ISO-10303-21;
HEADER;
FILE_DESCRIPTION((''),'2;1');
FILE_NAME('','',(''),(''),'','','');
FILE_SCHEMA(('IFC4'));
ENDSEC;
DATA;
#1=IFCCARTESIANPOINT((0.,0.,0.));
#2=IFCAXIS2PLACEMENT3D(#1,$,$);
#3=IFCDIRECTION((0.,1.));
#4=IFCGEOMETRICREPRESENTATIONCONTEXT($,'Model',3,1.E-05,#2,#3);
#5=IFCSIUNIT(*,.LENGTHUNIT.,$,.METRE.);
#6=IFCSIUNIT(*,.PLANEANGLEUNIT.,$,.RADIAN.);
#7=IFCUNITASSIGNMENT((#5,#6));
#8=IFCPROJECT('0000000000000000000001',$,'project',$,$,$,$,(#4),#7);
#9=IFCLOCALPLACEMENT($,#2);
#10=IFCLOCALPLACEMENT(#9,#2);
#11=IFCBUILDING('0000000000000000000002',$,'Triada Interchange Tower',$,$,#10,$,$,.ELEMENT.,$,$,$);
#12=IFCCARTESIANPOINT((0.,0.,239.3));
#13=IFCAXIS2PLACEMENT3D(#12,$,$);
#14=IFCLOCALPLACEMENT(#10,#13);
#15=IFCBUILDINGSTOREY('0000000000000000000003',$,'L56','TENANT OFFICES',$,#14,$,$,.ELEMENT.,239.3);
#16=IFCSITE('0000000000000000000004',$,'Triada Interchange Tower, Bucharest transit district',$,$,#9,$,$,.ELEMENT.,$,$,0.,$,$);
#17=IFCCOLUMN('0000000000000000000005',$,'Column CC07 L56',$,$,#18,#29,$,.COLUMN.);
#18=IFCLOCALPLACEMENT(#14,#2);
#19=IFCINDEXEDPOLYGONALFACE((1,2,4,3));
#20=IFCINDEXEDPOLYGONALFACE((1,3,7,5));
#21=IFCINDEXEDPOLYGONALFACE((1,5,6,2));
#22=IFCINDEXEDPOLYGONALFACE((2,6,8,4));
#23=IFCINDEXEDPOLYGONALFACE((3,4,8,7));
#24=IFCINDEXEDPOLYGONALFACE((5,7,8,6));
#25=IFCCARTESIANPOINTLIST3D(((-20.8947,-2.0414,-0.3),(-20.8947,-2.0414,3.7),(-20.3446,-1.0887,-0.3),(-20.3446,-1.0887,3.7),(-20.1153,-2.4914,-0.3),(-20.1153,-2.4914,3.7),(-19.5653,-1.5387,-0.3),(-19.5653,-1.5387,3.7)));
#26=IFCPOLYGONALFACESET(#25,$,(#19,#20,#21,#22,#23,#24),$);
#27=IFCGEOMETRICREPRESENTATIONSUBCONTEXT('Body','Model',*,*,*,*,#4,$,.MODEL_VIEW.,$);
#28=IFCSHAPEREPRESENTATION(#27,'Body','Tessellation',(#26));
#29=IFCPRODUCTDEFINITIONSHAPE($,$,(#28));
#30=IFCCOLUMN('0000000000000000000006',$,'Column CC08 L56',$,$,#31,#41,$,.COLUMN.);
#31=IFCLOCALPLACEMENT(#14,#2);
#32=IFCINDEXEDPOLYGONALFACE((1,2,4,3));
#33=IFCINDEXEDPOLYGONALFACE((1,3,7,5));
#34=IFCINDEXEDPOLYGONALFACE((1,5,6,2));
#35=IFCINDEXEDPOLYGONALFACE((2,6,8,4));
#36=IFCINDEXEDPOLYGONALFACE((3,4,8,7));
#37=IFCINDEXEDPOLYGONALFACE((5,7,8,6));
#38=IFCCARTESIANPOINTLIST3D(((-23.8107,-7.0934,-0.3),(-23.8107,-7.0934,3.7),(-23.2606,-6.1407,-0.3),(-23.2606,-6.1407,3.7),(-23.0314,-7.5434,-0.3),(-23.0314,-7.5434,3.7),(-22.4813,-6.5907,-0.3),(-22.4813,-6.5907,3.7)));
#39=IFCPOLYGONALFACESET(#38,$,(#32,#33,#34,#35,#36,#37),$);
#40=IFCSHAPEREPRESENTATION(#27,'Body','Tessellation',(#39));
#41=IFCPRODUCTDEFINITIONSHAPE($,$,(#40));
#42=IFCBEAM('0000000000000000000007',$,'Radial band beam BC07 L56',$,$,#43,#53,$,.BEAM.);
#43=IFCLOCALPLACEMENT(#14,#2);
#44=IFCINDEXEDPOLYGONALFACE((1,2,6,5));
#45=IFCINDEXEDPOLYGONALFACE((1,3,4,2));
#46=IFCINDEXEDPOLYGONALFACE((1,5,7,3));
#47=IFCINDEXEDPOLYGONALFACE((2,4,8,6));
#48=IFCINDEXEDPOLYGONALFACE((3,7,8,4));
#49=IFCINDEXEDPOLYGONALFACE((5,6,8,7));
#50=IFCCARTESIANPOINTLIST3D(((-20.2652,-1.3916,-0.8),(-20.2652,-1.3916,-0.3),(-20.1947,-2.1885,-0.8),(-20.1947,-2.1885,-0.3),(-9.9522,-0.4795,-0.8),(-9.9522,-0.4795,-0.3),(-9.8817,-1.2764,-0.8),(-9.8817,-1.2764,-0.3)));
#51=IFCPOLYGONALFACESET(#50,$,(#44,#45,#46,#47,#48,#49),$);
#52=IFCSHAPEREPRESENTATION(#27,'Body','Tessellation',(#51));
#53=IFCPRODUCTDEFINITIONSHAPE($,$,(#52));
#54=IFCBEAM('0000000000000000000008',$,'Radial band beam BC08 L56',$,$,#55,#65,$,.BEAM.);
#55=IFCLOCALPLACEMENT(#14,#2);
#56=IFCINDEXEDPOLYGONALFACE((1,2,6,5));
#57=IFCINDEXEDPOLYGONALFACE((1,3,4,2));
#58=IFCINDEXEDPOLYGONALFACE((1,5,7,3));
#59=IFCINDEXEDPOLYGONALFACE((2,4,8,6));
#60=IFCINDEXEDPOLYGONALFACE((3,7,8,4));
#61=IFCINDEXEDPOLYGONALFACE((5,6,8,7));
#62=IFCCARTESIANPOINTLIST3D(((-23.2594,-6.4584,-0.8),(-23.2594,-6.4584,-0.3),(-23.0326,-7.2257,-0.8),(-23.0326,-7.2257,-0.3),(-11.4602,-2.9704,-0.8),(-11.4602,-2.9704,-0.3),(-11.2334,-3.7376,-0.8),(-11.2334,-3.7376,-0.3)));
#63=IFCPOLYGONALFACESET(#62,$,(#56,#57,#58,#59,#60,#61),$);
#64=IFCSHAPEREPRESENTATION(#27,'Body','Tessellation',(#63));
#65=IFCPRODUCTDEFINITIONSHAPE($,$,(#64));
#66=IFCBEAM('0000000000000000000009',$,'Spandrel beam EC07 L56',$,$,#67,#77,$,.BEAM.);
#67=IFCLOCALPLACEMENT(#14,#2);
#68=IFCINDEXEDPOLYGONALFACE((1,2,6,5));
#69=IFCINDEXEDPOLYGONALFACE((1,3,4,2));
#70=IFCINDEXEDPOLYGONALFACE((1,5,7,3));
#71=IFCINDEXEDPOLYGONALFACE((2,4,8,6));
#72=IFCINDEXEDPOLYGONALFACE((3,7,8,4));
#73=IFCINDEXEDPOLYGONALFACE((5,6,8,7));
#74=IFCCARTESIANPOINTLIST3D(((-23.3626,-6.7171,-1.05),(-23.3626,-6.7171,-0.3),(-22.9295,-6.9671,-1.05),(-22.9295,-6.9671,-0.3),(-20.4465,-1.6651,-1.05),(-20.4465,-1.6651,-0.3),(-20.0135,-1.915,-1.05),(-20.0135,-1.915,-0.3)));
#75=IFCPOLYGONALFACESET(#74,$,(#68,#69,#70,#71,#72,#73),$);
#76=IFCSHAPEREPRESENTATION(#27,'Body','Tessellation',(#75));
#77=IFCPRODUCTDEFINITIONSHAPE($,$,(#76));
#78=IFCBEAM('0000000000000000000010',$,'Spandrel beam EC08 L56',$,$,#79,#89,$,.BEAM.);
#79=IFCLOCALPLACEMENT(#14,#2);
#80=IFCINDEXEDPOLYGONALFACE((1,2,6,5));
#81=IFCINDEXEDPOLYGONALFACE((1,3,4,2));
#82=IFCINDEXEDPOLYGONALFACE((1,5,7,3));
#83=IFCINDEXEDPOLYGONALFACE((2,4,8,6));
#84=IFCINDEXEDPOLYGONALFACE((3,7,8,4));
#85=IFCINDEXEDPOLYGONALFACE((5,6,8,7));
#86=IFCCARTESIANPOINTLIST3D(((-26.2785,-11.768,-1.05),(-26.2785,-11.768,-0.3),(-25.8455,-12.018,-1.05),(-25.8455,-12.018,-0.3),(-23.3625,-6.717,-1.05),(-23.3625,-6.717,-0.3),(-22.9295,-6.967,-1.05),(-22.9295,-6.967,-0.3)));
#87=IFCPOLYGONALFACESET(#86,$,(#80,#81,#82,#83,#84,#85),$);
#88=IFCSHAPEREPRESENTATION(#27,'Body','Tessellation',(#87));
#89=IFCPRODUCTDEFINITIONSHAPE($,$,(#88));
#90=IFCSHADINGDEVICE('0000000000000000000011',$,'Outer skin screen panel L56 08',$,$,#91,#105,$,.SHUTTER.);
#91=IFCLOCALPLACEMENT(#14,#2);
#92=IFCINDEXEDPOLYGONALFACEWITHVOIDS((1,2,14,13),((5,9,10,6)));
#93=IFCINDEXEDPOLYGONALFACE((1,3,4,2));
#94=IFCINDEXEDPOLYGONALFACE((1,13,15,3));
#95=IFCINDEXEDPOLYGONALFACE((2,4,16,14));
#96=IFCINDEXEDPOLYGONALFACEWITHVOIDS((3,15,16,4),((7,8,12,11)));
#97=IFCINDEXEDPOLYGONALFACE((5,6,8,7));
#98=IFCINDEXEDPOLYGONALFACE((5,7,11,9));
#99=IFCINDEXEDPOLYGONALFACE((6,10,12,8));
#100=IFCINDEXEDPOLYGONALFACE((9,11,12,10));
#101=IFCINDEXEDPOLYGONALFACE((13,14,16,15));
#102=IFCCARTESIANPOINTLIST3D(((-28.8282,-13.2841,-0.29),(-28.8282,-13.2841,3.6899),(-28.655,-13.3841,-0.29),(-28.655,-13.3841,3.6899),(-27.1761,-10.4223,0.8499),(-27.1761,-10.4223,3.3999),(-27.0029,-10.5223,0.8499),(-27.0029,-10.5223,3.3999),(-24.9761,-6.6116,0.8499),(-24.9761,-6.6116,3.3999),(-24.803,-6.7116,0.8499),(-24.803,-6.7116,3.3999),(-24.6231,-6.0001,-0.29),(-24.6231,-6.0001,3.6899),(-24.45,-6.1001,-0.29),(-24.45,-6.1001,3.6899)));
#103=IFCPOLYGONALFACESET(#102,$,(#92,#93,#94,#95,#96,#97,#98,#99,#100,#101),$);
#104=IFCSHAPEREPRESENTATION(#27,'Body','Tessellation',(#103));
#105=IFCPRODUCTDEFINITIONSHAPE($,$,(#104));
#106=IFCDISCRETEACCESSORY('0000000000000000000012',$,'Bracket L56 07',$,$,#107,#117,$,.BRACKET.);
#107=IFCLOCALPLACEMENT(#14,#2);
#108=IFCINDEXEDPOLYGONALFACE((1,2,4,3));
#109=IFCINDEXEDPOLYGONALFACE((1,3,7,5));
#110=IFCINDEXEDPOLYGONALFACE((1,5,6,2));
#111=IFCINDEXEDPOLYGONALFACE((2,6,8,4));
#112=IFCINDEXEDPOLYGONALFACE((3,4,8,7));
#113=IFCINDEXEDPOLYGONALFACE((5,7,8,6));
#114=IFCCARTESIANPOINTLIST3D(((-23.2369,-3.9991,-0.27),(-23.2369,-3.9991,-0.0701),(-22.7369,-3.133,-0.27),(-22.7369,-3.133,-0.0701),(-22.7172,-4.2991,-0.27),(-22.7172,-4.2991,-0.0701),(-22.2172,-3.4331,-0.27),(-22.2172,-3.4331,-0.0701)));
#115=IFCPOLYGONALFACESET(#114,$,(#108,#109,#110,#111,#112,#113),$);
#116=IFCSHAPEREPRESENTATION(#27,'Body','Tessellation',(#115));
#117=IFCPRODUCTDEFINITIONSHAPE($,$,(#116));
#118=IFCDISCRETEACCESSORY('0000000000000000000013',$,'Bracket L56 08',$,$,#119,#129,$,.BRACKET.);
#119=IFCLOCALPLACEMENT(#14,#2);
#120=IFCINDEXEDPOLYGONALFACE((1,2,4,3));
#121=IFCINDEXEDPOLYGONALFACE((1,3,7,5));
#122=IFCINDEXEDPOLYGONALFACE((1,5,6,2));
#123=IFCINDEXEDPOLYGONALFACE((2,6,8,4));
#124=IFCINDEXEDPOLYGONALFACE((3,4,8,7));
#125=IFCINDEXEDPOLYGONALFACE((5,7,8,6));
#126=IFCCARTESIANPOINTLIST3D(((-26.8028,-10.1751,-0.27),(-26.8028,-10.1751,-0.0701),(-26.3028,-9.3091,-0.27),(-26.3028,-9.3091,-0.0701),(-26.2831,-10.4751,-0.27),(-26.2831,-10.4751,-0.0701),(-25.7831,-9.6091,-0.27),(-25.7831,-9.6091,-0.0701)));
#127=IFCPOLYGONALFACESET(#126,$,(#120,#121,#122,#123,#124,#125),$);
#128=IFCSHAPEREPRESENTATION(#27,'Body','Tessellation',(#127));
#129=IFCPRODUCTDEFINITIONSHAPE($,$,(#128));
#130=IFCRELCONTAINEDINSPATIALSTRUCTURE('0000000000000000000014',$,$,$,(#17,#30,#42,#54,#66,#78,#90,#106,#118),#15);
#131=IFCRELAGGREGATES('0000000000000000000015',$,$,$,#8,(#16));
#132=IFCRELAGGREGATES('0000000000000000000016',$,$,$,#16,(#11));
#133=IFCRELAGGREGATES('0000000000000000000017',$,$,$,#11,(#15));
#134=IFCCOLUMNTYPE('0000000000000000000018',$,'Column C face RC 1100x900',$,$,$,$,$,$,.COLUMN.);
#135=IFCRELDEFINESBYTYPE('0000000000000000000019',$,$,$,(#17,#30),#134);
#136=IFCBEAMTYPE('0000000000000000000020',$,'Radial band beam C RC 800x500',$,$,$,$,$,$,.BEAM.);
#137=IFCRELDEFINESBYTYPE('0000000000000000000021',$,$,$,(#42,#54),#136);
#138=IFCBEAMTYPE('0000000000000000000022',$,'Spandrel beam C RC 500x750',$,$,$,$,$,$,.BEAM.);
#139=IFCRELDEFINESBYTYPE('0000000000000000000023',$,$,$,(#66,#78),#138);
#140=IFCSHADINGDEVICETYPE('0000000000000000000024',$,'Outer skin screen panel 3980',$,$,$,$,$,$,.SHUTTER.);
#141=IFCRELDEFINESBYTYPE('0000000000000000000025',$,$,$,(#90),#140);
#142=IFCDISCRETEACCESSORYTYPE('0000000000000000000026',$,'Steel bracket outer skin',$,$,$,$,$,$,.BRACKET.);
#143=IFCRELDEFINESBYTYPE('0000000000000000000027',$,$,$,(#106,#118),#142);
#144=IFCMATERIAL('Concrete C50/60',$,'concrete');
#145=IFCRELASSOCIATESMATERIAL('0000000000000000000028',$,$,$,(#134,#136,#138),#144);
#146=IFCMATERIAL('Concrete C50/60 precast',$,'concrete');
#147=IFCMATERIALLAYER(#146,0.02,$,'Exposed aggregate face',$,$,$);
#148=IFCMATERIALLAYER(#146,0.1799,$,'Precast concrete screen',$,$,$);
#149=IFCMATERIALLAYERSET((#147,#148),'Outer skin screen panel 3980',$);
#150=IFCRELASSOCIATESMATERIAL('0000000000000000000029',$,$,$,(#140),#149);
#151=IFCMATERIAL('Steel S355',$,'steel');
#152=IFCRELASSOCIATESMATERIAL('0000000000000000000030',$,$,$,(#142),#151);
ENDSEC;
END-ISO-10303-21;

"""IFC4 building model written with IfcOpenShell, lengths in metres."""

from ifc_helpers import new_model, si_unit, direction, frame, origin, origin_2d, place, context, subcontext, project, spatial, polyline, rectangle, outline, extrude, material, layer, layer_set, material_profile, profile_set, type_object, element, save


model = new_model("IFC4")

# Units and contexts
model_context = context("Model", 3, precision=1e-05, world=origin(), true_north=direction((0.0, 1.0)))
body_context = subcontext(model_context, "Body", "Model", "MODEL_VIEW")
ifc_project = project(units=[si_unit("LENGTHUNIT", "METRE"), si_unit("PLANEANGLEUNIT", "RADIAN")], contexts=[model_context])

# Site, building, storey
site_placement = place(None, origin())
site = spatial("IfcSite", under=ifc_project, at=site_placement, Name="Triada Interchange Tower, Bucharest transit district", CompositionType="ELEMENT", RefElevation=0.0)
building_placement = place(site_placement, origin())
building = spatial("IfcBuilding", under=site, at=building_placement, Name="Triada Interchange Tower", CompositionType="ELEMENT")
storey_placement = place(building_placement, frame((0.0, 0.0, 239.3)))
storey = spatial("IfcBuildingStorey", under=building, at=storey_placement, Name="L56", Description="TENANT OFFICES", CompositionType="ELEMENT", Elevation=239.3)

# Columns
ifc_material_1 = material(Name="Concrete C50/60", Category="concrete")
ifc_material_profile_1 = material_profile(ifc_material_1, rectangle(XDim=1.1001, YDim=0.8999, at=origin_2d()), Name="RC 1100x900")
ifc_profile_set_1 = profile_set([ifc_material_profile_1], Name="Concrete C50/60")
column_type = type_object("IfcColumnType", Name="Column C face RC 1100x900", PredefinedType="COLUMN", material=ifc_profile_set_1)
for number, where, z_axis, x_axis, name in (
    (1, (-20.23, -1.79, -0.3), (0.0, 0.0, 1.0), (0.5, 0.866025, 0.0), "Column CC07 L56"),
    (2, (-23.146, -6.842, -0.3), (0.0, 0.0, 1.0), (0.5, 0.866025, 0.0), "Column CC08 L56"),
):
    element("IfcColumn", number, at=place(storey_placement, frame(where, z_axis=z_axis, x_axis=x_axis)), inside=storey, type_object=column_type, Name=name, PredefinedType="COLUMN", context=body_context, shape_type="SweptSolid", body=[
        extrude(rectangle(XDim=1.1001, YDim=0.8999, at=origin_2d()), origin(), (0.0, 0.0, 1.0), 4.0),
    ])

# Beams
ifc_material_profile_2 = material_profile(ifc_material_1, rectangle(XDim=0.8, YDim=0.5, at=origin_2d()), Name="RC 800x500")
ifc_profile_set_2 = profile_set([ifc_material_profile_2], Name="Concrete C50/60")
beam_type_1 = type_object("IfcBeamType", Name="Radial band beam C RC 800x500", PredefinedType="BEAM", material=ifc_profile_set_2)
beam_1_placement = place(storey_placement, frame((-20.23, -1.79, -0.55), z_axis=(0.996112, 0.088099, 0.0), x_axis=(-0.088099, 0.996112, 0.0)))
element("IfcBeam", 3, at=beam_1_placement, inside=storey, type_object=beam_type_1, Name="Radial band beam BC07 L56", PredefinedType="BEAM", context=body_context, shape_type="SweptSolid", body=[
    extrude(rectangle(XDim=0.8, YDim=0.5, at=origin_2d()), origin(), (0.0, 0.0, 1.0), 10.3533),
])
beam_2_placement = place(storey_placement, frame((-23.146, -6.842, -0.55), z_axis=(0.958975, 0.283492, 0.0), x_axis=(-0.283492, 0.958975, 0.0)))
element("IfcBeam", 4, at=beam_2_placement, inside=storey, type_object=beam_type_1, Name="Radial band beam BC08 L56", PredefinedType="BEAM", context=body_context, shape_type="SweptSolid", body=[
    extrude(rectangle(XDim=0.8, YDim=0.5, at=origin_2d()), origin(), (0.0, 0.0, 1.0), 12.304),
])
ifc_material_profile_3 = material_profile(ifc_material_1, rectangle(XDim=0.5, YDim=0.75, at=origin_2d()), Name="RC 500x750")
ifc_profile_set_3 = profile_set([ifc_material_profile_3], Name="Concrete C50/60")
beam_type_2 = type_object("IfcBeamType", Name="Spandrel beam C RC 500x750", PredefinedType="BEAM", material=ifc_profile_set_3)
beam_3_placement = place(storey_placement, frame((-20.23, -1.79, -0.675), z_axis=(-0.499902, -0.866082, 0.0), x_axis=(0.866082, -0.499902, 0.0)))
element("IfcBeam", 5, at=beam_3_placement, inside=storey, type_object=beam_type_2, Name="Spandrel beam EC07 L56", PredefinedType="BEAM", context=body_context, shape_type="SweptSolid", body=[
    extrude(rectangle(XDim=0.5, YDim=0.75, at=origin_2d()), origin(), (0.0, 0.0, 1.0), 5.8333),
])
beam_4_placement = place(storey_placement, frame((-23.146, -6.842, -0.675), z_axis=(-0.499975, -0.86604, 0.0), x_axis=(0.86604, -0.499975, 0.0)))
element("IfcBeam", 6, at=beam_4_placement, inside=storey, type_object=beam_type_2, Name="Spandrel beam EC08 L56", PredefinedType="BEAM", context=body_context, shape_type="SweptSolid", body=[
    extrude(rectangle(XDim=0.5, YDim=0.75, at=origin_2d()), origin(), (0.0, 0.0, 1.0), 5.8323),
])

# Shading device
ifc_material_2 = material(Name="Concrete C50/60 precast", Category="concrete")
ifc_layer_1 = layer(ifc_material_2, 0.02, Name="Exposed aggregate face")
ifc_layer_2 = layer(ifc_material_2, 0.1799, Name="Precast concrete screen")
ifc_layer_set = layer_set([ifc_layer_1, ifc_layer_2], Name="Outer skin screen panel 3980")
shading_device_type = type_object("IfcShadingDeviceType", Name="Outer skin screen panel 3980", PredefinedType="SHUTTER", material=ifc_layer_set)
shading_device_placement = place(storey_placement, frame((-24.45, -6.1001, -0.29), z_axis=(0.0, 0.0, 1.0), x_axis=(-0.499973, -0.866041, 0.0)))
element("IfcShadingDevice", 7, at=shading_device_placement, inside=storey, type_object=shading_device_type, Name="Outer skin screen panel L56 08", PredefinedType="SHUTTER", context=body_context, shape_type="SweptSolid", body=[
    extrude(outline(polyline([(0.0, 0.0), (8.4106, 0.0), (8.4106, 3.98), (0.0, 3.98), (0.0, 0.0)]), holes=[polyline([(0.7061, 1.1399), (0.7061, 3.6899), (5.1062, 3.6899), (5.1062, 1.1399), (0.7061, 1.1399)])]), frame((0.0, 0.0, 0.0), z_axis=(0.0, -1.0, 0.0), x_axis=(1.0, 0.0, 0.0)), (0.0, 0.0, 1.0), 0.2),
])

# Discrete accessories
ifc_material_3 = material(Name="Steel S355", Category="steel")
discrete_accessory_type = type_object("IfcDiscreteAccessoryType", Name="Steel bracket outer skin", PredefinedType="BRACKET", material=ifc_material_3)
for number, where, z_axis, x_axis, name in (
    (8, (-22.7271, -3.7161, -0.27), (0.0, 0.0, 1.0), (-0.86603, 0.499991, 0.0), "Bracket L56 07"),
    (9, (-26.293, -9.8921, -0.27), (0.0, 0.0, 1.0), (-0.86603, 0.499991, 0.0), "Bracket L56 08"),
):
    element("IfcDiscreteAccessory", number, at=place(storey_placement, frame(where, z_axis=z_axis, x_axis=x_axis)), inside=storey, type_object=discrete_accessory_type, Name=name, PredefinedType="BRACKET", context=body_context, shape_type="SweptSolid", body=[
        extrude(rectangle(XDim=0.6001, YDim=1.0, at=origin_2d()), origin(), (0.0, 0.0, 1.0), 0.2),
    ])

save(model, "model.ifc")
